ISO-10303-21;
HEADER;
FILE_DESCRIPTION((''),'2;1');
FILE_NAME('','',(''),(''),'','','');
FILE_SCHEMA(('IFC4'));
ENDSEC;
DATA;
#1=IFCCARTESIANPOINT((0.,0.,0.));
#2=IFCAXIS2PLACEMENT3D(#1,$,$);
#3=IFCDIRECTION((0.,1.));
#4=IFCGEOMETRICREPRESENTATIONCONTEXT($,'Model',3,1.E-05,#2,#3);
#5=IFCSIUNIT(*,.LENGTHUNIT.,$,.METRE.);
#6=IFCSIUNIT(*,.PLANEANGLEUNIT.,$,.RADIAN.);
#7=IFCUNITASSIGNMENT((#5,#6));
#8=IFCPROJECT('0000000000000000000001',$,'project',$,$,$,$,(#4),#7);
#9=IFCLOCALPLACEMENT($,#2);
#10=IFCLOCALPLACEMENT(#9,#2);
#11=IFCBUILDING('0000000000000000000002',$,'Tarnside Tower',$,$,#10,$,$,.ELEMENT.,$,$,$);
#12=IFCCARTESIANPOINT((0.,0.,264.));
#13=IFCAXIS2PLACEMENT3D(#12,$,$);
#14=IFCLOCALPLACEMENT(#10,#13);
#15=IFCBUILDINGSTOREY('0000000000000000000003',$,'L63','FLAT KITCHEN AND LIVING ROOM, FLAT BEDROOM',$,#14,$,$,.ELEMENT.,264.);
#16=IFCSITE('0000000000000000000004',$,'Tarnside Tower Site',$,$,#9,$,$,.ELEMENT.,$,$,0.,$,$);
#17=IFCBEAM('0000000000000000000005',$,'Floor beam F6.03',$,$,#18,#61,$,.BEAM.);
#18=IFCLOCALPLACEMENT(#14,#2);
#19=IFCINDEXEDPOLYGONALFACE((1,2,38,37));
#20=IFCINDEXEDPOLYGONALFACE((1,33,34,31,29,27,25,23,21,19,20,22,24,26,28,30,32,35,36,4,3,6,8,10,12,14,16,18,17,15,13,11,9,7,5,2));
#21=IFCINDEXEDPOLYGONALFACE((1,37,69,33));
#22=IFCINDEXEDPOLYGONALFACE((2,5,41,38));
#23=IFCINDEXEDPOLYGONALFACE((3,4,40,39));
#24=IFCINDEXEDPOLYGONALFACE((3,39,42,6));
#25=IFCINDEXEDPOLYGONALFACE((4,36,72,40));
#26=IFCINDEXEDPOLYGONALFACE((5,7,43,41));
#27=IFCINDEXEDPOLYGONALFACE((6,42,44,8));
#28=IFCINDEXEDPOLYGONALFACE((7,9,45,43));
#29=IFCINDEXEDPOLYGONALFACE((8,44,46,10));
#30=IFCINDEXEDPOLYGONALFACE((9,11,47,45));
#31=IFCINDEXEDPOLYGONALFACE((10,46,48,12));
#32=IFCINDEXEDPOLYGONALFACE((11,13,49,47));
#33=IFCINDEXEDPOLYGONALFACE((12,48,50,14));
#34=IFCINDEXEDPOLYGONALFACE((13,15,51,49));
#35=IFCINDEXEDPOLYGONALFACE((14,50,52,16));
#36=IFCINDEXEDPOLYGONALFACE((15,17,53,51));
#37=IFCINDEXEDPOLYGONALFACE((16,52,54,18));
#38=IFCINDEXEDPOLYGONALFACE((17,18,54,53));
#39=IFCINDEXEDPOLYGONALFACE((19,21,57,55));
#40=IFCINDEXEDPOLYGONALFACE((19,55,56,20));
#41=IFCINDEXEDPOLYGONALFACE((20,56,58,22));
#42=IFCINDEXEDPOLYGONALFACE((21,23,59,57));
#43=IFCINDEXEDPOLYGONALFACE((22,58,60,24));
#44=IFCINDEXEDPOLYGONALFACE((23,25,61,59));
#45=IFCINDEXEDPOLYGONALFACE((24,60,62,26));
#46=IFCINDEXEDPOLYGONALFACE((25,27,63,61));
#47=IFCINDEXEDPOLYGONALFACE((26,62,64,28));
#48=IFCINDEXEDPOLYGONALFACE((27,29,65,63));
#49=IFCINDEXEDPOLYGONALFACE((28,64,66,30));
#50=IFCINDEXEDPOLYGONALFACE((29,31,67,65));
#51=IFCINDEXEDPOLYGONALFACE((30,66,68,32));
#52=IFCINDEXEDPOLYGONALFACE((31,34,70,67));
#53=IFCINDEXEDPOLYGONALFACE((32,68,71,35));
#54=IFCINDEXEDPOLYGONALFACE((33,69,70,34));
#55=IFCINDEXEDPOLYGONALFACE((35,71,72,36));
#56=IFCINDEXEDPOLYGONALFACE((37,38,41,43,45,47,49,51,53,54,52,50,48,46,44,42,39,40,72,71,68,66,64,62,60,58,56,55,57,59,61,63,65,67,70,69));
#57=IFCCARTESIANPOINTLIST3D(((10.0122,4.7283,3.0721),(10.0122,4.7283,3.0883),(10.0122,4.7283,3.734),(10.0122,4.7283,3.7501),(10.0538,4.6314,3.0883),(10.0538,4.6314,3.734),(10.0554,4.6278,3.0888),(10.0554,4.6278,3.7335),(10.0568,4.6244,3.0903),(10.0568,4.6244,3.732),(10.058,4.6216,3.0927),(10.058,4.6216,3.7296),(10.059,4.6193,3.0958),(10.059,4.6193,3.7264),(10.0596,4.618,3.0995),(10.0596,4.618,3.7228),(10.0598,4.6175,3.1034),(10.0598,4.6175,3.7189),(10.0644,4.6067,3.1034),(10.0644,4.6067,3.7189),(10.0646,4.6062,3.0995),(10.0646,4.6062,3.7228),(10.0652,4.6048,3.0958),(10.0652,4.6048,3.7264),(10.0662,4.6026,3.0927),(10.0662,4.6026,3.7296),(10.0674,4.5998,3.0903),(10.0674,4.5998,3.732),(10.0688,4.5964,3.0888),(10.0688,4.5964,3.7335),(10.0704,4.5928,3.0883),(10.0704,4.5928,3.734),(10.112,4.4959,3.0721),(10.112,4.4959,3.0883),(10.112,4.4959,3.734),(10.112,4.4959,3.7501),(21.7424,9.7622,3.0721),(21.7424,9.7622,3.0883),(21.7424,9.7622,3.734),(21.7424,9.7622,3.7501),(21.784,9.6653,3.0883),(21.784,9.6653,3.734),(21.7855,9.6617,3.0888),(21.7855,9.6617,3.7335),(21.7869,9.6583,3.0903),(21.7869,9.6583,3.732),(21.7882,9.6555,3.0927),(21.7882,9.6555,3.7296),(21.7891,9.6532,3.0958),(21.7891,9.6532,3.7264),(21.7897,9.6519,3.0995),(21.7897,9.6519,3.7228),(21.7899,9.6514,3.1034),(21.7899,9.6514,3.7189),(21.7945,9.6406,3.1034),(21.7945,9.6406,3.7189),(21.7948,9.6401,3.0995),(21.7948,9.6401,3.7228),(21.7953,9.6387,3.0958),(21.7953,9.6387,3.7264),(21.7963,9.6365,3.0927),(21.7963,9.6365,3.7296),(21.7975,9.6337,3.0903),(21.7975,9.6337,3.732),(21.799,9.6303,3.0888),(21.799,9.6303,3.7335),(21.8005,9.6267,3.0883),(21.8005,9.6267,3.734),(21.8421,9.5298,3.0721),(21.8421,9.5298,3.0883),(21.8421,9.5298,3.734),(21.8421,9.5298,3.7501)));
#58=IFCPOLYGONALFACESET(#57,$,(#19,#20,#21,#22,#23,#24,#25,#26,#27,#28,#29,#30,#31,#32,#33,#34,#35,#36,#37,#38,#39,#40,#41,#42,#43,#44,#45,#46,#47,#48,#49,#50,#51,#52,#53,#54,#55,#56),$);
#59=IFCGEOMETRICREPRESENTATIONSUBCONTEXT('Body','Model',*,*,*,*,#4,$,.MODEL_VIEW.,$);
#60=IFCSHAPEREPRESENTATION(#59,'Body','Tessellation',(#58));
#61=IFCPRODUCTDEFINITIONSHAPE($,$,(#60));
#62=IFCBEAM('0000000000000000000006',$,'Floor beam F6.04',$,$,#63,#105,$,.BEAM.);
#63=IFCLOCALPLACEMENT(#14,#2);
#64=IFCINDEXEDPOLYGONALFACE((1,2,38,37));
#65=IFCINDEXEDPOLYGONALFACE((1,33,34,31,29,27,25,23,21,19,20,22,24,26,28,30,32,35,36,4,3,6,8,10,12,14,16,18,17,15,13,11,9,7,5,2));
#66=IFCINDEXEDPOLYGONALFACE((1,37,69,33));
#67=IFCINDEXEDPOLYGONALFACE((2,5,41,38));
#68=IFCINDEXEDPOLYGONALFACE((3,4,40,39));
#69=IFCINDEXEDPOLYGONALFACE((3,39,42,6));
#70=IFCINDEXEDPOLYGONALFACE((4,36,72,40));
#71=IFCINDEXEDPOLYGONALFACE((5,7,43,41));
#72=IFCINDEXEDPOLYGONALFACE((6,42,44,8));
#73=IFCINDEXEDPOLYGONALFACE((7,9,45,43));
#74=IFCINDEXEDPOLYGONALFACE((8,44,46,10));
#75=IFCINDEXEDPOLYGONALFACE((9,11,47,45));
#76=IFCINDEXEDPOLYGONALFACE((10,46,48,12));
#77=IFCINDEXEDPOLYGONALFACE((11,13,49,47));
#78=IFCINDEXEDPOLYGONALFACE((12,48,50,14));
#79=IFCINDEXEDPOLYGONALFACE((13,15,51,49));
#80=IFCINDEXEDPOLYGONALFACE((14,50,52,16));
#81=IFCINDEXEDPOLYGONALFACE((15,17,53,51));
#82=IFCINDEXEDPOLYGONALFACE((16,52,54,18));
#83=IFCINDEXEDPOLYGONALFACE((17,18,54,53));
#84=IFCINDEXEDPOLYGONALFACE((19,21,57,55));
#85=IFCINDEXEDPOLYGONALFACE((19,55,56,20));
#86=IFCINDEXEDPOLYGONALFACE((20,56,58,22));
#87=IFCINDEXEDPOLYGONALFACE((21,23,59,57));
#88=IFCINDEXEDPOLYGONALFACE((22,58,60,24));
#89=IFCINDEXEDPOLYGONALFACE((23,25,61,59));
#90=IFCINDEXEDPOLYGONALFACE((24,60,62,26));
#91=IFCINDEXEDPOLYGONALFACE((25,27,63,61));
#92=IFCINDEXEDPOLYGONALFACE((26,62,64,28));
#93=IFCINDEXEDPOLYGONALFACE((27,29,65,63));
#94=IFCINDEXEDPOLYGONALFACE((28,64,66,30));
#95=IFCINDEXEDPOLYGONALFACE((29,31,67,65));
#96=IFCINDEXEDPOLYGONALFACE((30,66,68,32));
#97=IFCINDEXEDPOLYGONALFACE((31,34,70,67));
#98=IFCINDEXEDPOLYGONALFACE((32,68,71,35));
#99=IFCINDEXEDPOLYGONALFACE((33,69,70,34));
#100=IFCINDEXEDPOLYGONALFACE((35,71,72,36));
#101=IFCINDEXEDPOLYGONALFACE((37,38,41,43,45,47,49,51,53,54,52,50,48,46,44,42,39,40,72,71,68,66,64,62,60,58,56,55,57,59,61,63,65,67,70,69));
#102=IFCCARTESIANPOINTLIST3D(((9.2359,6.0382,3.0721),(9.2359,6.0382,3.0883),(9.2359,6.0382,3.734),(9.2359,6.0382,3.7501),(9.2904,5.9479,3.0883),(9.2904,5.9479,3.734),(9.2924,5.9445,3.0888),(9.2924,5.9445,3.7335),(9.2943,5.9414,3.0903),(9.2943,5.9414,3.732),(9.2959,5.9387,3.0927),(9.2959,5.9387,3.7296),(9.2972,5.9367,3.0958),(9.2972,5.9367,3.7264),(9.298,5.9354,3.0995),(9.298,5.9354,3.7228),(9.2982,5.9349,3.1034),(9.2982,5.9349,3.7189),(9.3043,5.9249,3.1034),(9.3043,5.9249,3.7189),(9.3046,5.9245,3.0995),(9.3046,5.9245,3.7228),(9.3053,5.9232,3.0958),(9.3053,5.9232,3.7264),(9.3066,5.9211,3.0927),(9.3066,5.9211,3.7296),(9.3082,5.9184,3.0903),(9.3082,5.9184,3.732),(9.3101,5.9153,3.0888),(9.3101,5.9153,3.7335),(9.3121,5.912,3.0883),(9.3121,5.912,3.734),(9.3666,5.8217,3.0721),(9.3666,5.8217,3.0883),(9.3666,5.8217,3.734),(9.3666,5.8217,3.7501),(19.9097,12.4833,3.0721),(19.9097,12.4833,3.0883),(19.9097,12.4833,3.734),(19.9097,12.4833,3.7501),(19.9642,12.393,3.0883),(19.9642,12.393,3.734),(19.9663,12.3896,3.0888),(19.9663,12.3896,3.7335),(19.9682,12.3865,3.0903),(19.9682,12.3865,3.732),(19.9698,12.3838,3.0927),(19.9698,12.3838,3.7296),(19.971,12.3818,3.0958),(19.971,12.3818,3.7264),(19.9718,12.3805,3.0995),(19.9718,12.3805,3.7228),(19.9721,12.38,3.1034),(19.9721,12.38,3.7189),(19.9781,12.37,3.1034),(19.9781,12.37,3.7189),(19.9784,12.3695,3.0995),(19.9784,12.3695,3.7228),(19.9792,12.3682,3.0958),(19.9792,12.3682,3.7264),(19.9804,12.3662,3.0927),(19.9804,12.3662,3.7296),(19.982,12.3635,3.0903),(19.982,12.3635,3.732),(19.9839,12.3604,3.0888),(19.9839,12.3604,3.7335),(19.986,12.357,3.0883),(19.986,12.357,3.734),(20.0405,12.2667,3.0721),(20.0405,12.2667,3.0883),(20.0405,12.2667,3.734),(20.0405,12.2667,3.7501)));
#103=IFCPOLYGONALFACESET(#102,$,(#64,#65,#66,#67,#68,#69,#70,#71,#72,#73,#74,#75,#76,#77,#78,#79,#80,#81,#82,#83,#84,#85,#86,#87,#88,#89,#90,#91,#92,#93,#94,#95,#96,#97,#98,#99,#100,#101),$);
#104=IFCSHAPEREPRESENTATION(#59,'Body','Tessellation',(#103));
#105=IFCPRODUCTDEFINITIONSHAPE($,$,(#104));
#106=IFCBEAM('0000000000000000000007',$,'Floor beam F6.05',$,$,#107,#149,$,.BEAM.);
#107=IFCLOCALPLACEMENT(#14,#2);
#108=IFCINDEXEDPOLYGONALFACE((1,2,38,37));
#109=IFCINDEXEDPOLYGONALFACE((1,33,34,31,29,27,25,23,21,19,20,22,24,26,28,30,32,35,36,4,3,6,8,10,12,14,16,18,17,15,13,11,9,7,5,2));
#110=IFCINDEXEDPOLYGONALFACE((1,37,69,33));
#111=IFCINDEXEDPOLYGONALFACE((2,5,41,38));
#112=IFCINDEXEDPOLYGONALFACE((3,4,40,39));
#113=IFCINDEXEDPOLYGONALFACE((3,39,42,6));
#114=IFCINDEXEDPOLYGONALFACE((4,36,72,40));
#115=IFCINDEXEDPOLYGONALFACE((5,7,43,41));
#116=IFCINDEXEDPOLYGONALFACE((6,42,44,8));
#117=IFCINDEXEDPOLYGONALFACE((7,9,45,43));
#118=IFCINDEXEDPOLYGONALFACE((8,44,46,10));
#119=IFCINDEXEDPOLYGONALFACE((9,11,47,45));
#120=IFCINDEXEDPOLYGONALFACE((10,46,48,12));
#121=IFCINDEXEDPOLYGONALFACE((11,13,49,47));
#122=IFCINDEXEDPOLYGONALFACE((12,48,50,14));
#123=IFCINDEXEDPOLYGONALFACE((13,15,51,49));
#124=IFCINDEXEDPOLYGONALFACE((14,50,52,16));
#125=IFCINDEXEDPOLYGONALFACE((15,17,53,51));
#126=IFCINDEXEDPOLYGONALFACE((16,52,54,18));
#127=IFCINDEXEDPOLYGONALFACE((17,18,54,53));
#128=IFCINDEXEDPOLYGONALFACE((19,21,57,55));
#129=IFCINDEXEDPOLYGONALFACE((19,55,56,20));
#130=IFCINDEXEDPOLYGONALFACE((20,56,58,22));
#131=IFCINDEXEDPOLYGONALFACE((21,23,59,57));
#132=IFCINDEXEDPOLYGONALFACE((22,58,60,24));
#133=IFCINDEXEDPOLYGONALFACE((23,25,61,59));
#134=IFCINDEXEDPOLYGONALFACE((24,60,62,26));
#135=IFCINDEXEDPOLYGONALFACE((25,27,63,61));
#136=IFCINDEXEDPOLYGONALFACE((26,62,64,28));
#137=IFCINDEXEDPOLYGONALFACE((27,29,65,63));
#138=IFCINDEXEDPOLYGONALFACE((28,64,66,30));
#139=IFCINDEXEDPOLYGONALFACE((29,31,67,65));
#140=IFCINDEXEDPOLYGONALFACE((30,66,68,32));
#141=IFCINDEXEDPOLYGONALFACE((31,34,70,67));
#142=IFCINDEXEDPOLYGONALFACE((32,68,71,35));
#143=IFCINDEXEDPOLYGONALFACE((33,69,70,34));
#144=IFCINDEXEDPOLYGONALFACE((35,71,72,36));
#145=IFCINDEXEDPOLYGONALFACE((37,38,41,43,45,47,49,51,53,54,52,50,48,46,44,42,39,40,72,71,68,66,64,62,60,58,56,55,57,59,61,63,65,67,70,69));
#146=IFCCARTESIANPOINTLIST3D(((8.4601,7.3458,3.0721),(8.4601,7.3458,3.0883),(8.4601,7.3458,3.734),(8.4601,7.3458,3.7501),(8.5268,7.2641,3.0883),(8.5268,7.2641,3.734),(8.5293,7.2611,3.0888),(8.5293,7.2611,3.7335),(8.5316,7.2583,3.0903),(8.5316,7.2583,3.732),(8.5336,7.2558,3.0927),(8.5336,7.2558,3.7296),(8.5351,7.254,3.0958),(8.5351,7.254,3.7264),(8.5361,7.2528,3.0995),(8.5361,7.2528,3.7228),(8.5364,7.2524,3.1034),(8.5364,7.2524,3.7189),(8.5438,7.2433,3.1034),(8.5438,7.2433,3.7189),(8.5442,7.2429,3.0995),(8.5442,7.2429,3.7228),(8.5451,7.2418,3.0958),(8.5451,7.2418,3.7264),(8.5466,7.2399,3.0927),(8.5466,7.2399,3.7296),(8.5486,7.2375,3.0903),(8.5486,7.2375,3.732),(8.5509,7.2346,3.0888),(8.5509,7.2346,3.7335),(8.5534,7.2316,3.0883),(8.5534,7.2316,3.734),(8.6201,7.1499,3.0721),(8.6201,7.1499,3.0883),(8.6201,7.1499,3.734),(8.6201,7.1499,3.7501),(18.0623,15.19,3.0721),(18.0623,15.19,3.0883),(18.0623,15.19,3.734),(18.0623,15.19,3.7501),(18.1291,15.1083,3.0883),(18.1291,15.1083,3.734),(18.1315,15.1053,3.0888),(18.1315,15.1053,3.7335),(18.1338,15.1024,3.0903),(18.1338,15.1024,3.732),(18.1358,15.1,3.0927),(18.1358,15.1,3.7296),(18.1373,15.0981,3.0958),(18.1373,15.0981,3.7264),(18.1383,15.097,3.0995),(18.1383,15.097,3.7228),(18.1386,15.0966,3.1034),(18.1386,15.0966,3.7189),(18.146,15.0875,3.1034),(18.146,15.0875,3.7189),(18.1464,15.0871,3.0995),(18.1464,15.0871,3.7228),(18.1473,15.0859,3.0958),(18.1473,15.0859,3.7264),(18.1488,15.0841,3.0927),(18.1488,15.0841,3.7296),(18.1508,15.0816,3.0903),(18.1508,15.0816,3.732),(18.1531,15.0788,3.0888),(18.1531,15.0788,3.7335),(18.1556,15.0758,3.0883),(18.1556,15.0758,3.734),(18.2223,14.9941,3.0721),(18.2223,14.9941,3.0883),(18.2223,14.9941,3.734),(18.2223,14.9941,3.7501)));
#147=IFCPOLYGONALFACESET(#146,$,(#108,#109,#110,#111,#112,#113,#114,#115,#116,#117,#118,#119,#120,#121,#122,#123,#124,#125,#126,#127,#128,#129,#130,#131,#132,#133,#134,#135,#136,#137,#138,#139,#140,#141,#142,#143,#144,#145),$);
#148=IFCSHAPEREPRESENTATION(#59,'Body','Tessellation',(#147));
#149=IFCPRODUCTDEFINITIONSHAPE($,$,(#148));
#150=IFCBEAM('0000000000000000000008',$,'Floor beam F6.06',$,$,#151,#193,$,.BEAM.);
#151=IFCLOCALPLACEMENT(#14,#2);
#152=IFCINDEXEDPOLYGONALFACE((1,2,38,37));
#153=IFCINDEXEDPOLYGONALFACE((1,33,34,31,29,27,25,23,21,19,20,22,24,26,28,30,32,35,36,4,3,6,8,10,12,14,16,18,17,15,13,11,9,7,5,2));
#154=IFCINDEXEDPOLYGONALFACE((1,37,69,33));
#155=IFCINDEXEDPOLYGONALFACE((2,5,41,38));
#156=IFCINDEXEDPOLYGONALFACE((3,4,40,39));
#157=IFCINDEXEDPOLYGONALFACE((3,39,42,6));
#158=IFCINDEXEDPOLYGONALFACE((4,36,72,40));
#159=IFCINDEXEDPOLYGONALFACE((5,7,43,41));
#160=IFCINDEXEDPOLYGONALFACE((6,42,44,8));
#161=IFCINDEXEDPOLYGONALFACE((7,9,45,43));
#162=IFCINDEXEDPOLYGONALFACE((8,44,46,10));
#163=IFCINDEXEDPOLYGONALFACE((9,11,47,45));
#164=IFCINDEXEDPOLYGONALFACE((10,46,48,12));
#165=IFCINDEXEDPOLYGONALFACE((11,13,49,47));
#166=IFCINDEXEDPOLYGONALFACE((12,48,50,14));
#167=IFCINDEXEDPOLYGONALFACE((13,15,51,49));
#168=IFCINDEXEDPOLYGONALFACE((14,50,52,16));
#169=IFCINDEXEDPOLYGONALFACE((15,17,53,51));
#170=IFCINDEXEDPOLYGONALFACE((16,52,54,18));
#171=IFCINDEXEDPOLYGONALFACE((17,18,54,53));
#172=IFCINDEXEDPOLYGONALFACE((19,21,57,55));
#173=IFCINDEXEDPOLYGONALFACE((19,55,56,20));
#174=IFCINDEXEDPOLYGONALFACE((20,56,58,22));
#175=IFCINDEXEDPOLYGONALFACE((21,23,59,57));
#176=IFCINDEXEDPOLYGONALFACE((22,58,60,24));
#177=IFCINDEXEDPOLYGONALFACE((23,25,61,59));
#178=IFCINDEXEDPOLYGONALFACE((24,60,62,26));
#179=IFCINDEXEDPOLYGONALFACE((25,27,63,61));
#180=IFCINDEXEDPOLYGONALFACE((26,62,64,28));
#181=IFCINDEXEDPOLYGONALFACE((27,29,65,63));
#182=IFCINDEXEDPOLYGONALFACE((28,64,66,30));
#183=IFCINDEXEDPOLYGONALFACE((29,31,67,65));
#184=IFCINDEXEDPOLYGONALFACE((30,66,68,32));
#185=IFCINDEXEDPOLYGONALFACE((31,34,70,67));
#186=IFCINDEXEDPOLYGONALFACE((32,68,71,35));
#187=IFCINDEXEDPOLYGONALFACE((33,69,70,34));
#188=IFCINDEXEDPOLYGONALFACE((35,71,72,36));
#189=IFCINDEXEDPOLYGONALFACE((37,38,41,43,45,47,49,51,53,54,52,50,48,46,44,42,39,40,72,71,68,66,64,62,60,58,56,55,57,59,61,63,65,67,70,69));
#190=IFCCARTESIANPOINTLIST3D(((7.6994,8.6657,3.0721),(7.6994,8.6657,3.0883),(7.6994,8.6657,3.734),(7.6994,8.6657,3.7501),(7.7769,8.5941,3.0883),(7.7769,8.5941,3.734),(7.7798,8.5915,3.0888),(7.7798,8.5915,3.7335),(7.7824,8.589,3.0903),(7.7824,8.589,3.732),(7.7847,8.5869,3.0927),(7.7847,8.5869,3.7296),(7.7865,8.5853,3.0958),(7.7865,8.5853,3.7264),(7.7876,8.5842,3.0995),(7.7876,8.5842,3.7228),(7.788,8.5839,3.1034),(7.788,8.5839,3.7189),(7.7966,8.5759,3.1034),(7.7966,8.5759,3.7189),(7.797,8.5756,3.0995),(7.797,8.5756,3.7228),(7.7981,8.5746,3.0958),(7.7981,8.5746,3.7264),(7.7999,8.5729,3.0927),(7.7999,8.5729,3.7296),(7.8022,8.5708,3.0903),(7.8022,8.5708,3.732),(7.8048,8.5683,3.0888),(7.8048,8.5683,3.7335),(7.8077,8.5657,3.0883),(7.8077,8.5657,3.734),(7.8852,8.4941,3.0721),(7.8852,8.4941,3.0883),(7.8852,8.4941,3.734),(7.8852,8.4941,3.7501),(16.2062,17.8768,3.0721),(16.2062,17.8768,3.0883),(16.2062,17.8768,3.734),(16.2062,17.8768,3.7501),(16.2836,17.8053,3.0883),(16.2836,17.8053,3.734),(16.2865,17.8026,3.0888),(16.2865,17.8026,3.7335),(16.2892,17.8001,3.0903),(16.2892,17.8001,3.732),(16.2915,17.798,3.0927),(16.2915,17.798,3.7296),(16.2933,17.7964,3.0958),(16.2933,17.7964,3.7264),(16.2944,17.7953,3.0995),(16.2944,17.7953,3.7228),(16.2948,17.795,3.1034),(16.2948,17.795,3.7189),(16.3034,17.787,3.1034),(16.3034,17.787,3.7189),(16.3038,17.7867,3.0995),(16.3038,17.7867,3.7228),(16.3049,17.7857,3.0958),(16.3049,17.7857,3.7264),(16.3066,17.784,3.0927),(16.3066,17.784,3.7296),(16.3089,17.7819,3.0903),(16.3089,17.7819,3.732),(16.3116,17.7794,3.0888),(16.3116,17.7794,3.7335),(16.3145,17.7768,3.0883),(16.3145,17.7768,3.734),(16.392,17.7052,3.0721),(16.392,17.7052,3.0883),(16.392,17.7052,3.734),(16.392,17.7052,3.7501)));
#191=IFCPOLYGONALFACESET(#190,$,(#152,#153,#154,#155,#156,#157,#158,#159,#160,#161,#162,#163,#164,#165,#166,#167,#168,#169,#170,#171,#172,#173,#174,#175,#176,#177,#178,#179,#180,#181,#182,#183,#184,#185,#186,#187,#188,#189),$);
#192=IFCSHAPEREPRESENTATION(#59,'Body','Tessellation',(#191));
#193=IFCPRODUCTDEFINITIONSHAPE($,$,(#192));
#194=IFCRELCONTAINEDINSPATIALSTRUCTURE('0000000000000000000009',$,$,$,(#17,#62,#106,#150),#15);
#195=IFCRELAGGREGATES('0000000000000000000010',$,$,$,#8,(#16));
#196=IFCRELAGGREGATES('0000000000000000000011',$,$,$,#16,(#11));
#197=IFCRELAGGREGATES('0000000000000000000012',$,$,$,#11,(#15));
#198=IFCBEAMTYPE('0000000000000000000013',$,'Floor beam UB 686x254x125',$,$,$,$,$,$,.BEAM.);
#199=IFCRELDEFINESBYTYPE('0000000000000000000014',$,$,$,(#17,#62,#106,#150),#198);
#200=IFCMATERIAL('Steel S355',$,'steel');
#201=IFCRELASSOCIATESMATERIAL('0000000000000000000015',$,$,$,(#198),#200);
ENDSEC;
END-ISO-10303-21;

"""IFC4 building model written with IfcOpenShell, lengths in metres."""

from ifc_helpers import new_model, si_unit, direction, frame, origin, origin_2d, place, context, subcontext, project, spatial, i_section, extrude, material, material_profile, profile_set, type_object, element, save


model = new_model("IFC4")

# Units and contexts
model_context = context("Model", 3, precision=1e-05, world=origin(), true_north=direction((0.0, 1.0)))
body_context = subcontext(model_context, "Body", "Model", "MODEL_VIEW")
ifc_project = project(units=[si_unit("LENGTHUNIT", "METRE"), si_unit("PLANEANGLEUNIT", "RADIAN")], contexts=[model_context])

# Site, building, storey
site_placement = place(None, origin())
site = spatial("IfcSite", under=ifc_project, at=site_placement, Name="Tarnside Tower Site", CompositionType="ELEMENT", RefElevation=0.0)
building_placement = place(site_placement, origin())
building = spatial("IfcBuilding", under=site, at=building_placement, Name="Tarnside Tower", CompositionType="ELEMENT")
storey_placement = place(building_placement, frame((0.0, 0.0, 264.0)))
storey = spatial("IfcBuildingStorey", under=building, at=storey_placement, Name="L63", Description="FLAT KITCHEN AND LIVING ROOM, FLAT BEDROOM", CompositionType="ELEMENT", Elevation=264.0)

# Beams
ifc_material_1 = material(Name="Steel S355", Category="steel")
ifc_material_profile_1 = material_profile(ifc_material_1, i_section(OverallWidth=0.2529, OverallDepth=0.678, WebThickness=0.0117, FlangeThickness=0.0161, FilletRadius=0.0151, at=origin_2d()), Name="UB 686x254x125")
ifc_profile_set_1 = profile_set([ifc_material_profile_1], Name="Steel S355")
beam_type_1 = type_object("IfcBeamType", Name="Floor beam UB 686x254x125", PredefinedType="BEAM", material=ifc_profile_set_1)
beam_1_placement = place(storey_placement, frame((21.7922, 9.646, 3.4111), z_axis=(-0.918955, -0.394362, 0.0), x_axis=(0.394362, -0.918955, 0.0)))
element("IfcBeam", 1, at=beam_1_placement, inside=storey, type_object=beam_type_1, Name="Floor beam F6.03", PredefinedType="BEAM", context=body_context, shape_type="SweptSolid", body=[
    extrude(i_section(OverallWidth=0.2529, OverallDepth=0.678, WebThickness=0.0117, FlangeThickness=0.0161, FilletRadius=0.0151, at=origin_2d()), origin(), (0.0, 0.0, 1.0), 12.7646),
])
beam_2_placement = place(storey_placement, frame((19.9751, 12.375, 3.4111), z_axis=(-0.856047, -0.516898, 0.0), x_axis=(0.516898, -0.856047, 0.0)))
element("IfcBeam", 2, at=beam_2_placement, inside=storey, type_object=beam_type_1, Name="Floor beam F6.04", PredefinedType="BEAM", context=body_context, shape_type="SweptSolid", body=[
    extrude(i_section(OverallWidth=0.2529, OverallDepth=0.678, WebThickness=0.0117, FlangeThickness=0.0161, FilletRadius=0.0151, at=origin_2d()), origin(), (0.0, 0.0, 1.0), 12.4688),
])
beam_3_placement = place(storey_placement, frame((18.1423, 15.092, 3.4111), z_axis=(-0.774439, -0.632649, 0.0), x_axis=(0.632649, -0.774439, 0.0)))
element("IfcBeam", 3, at=beam_3_placement, inside=storey, type_object=beam_type_1, Name="Floor beam F6.05", PredefinedType="BEAM", context=body_context, shape_type="SweptSolid", body=[
    extrude(i_section(OverallWidth=0.2529, OverallDepth=0.678, WebThickness=0.0117, FlangeThickness=0.0161, FilletRadius=0.0151, at=origin_2d()), origin(), (0.0, 0.0, 1.0), 12.3989),
])
beam_4_placement = place(storey_placement, frame((16.2991, 17.791, 3.4111), z_axis=(-0.678461, -0.734636, 0.0), x_axis=(0.734636, -0.678461, 0.0)))
element("IfcBeam", 4, at=beam_4_placement, inside=storey, type_object=beam_type_1, Name="Floor beam F6.06", PredefinedType="BEAM", context=body_context, shape_type="SweptSolid", body=[
    extrude(i_section(OverallWidth=0.2529, OverallDepth=0.678, WebThickness=0.0117, FlangeThickness=0.0161, FilletRadius=0.0151, at=origin_2d()), origin(), (0.0, 0.0, 1.0), 12.5383),
])

save(model, "model.ifc")
